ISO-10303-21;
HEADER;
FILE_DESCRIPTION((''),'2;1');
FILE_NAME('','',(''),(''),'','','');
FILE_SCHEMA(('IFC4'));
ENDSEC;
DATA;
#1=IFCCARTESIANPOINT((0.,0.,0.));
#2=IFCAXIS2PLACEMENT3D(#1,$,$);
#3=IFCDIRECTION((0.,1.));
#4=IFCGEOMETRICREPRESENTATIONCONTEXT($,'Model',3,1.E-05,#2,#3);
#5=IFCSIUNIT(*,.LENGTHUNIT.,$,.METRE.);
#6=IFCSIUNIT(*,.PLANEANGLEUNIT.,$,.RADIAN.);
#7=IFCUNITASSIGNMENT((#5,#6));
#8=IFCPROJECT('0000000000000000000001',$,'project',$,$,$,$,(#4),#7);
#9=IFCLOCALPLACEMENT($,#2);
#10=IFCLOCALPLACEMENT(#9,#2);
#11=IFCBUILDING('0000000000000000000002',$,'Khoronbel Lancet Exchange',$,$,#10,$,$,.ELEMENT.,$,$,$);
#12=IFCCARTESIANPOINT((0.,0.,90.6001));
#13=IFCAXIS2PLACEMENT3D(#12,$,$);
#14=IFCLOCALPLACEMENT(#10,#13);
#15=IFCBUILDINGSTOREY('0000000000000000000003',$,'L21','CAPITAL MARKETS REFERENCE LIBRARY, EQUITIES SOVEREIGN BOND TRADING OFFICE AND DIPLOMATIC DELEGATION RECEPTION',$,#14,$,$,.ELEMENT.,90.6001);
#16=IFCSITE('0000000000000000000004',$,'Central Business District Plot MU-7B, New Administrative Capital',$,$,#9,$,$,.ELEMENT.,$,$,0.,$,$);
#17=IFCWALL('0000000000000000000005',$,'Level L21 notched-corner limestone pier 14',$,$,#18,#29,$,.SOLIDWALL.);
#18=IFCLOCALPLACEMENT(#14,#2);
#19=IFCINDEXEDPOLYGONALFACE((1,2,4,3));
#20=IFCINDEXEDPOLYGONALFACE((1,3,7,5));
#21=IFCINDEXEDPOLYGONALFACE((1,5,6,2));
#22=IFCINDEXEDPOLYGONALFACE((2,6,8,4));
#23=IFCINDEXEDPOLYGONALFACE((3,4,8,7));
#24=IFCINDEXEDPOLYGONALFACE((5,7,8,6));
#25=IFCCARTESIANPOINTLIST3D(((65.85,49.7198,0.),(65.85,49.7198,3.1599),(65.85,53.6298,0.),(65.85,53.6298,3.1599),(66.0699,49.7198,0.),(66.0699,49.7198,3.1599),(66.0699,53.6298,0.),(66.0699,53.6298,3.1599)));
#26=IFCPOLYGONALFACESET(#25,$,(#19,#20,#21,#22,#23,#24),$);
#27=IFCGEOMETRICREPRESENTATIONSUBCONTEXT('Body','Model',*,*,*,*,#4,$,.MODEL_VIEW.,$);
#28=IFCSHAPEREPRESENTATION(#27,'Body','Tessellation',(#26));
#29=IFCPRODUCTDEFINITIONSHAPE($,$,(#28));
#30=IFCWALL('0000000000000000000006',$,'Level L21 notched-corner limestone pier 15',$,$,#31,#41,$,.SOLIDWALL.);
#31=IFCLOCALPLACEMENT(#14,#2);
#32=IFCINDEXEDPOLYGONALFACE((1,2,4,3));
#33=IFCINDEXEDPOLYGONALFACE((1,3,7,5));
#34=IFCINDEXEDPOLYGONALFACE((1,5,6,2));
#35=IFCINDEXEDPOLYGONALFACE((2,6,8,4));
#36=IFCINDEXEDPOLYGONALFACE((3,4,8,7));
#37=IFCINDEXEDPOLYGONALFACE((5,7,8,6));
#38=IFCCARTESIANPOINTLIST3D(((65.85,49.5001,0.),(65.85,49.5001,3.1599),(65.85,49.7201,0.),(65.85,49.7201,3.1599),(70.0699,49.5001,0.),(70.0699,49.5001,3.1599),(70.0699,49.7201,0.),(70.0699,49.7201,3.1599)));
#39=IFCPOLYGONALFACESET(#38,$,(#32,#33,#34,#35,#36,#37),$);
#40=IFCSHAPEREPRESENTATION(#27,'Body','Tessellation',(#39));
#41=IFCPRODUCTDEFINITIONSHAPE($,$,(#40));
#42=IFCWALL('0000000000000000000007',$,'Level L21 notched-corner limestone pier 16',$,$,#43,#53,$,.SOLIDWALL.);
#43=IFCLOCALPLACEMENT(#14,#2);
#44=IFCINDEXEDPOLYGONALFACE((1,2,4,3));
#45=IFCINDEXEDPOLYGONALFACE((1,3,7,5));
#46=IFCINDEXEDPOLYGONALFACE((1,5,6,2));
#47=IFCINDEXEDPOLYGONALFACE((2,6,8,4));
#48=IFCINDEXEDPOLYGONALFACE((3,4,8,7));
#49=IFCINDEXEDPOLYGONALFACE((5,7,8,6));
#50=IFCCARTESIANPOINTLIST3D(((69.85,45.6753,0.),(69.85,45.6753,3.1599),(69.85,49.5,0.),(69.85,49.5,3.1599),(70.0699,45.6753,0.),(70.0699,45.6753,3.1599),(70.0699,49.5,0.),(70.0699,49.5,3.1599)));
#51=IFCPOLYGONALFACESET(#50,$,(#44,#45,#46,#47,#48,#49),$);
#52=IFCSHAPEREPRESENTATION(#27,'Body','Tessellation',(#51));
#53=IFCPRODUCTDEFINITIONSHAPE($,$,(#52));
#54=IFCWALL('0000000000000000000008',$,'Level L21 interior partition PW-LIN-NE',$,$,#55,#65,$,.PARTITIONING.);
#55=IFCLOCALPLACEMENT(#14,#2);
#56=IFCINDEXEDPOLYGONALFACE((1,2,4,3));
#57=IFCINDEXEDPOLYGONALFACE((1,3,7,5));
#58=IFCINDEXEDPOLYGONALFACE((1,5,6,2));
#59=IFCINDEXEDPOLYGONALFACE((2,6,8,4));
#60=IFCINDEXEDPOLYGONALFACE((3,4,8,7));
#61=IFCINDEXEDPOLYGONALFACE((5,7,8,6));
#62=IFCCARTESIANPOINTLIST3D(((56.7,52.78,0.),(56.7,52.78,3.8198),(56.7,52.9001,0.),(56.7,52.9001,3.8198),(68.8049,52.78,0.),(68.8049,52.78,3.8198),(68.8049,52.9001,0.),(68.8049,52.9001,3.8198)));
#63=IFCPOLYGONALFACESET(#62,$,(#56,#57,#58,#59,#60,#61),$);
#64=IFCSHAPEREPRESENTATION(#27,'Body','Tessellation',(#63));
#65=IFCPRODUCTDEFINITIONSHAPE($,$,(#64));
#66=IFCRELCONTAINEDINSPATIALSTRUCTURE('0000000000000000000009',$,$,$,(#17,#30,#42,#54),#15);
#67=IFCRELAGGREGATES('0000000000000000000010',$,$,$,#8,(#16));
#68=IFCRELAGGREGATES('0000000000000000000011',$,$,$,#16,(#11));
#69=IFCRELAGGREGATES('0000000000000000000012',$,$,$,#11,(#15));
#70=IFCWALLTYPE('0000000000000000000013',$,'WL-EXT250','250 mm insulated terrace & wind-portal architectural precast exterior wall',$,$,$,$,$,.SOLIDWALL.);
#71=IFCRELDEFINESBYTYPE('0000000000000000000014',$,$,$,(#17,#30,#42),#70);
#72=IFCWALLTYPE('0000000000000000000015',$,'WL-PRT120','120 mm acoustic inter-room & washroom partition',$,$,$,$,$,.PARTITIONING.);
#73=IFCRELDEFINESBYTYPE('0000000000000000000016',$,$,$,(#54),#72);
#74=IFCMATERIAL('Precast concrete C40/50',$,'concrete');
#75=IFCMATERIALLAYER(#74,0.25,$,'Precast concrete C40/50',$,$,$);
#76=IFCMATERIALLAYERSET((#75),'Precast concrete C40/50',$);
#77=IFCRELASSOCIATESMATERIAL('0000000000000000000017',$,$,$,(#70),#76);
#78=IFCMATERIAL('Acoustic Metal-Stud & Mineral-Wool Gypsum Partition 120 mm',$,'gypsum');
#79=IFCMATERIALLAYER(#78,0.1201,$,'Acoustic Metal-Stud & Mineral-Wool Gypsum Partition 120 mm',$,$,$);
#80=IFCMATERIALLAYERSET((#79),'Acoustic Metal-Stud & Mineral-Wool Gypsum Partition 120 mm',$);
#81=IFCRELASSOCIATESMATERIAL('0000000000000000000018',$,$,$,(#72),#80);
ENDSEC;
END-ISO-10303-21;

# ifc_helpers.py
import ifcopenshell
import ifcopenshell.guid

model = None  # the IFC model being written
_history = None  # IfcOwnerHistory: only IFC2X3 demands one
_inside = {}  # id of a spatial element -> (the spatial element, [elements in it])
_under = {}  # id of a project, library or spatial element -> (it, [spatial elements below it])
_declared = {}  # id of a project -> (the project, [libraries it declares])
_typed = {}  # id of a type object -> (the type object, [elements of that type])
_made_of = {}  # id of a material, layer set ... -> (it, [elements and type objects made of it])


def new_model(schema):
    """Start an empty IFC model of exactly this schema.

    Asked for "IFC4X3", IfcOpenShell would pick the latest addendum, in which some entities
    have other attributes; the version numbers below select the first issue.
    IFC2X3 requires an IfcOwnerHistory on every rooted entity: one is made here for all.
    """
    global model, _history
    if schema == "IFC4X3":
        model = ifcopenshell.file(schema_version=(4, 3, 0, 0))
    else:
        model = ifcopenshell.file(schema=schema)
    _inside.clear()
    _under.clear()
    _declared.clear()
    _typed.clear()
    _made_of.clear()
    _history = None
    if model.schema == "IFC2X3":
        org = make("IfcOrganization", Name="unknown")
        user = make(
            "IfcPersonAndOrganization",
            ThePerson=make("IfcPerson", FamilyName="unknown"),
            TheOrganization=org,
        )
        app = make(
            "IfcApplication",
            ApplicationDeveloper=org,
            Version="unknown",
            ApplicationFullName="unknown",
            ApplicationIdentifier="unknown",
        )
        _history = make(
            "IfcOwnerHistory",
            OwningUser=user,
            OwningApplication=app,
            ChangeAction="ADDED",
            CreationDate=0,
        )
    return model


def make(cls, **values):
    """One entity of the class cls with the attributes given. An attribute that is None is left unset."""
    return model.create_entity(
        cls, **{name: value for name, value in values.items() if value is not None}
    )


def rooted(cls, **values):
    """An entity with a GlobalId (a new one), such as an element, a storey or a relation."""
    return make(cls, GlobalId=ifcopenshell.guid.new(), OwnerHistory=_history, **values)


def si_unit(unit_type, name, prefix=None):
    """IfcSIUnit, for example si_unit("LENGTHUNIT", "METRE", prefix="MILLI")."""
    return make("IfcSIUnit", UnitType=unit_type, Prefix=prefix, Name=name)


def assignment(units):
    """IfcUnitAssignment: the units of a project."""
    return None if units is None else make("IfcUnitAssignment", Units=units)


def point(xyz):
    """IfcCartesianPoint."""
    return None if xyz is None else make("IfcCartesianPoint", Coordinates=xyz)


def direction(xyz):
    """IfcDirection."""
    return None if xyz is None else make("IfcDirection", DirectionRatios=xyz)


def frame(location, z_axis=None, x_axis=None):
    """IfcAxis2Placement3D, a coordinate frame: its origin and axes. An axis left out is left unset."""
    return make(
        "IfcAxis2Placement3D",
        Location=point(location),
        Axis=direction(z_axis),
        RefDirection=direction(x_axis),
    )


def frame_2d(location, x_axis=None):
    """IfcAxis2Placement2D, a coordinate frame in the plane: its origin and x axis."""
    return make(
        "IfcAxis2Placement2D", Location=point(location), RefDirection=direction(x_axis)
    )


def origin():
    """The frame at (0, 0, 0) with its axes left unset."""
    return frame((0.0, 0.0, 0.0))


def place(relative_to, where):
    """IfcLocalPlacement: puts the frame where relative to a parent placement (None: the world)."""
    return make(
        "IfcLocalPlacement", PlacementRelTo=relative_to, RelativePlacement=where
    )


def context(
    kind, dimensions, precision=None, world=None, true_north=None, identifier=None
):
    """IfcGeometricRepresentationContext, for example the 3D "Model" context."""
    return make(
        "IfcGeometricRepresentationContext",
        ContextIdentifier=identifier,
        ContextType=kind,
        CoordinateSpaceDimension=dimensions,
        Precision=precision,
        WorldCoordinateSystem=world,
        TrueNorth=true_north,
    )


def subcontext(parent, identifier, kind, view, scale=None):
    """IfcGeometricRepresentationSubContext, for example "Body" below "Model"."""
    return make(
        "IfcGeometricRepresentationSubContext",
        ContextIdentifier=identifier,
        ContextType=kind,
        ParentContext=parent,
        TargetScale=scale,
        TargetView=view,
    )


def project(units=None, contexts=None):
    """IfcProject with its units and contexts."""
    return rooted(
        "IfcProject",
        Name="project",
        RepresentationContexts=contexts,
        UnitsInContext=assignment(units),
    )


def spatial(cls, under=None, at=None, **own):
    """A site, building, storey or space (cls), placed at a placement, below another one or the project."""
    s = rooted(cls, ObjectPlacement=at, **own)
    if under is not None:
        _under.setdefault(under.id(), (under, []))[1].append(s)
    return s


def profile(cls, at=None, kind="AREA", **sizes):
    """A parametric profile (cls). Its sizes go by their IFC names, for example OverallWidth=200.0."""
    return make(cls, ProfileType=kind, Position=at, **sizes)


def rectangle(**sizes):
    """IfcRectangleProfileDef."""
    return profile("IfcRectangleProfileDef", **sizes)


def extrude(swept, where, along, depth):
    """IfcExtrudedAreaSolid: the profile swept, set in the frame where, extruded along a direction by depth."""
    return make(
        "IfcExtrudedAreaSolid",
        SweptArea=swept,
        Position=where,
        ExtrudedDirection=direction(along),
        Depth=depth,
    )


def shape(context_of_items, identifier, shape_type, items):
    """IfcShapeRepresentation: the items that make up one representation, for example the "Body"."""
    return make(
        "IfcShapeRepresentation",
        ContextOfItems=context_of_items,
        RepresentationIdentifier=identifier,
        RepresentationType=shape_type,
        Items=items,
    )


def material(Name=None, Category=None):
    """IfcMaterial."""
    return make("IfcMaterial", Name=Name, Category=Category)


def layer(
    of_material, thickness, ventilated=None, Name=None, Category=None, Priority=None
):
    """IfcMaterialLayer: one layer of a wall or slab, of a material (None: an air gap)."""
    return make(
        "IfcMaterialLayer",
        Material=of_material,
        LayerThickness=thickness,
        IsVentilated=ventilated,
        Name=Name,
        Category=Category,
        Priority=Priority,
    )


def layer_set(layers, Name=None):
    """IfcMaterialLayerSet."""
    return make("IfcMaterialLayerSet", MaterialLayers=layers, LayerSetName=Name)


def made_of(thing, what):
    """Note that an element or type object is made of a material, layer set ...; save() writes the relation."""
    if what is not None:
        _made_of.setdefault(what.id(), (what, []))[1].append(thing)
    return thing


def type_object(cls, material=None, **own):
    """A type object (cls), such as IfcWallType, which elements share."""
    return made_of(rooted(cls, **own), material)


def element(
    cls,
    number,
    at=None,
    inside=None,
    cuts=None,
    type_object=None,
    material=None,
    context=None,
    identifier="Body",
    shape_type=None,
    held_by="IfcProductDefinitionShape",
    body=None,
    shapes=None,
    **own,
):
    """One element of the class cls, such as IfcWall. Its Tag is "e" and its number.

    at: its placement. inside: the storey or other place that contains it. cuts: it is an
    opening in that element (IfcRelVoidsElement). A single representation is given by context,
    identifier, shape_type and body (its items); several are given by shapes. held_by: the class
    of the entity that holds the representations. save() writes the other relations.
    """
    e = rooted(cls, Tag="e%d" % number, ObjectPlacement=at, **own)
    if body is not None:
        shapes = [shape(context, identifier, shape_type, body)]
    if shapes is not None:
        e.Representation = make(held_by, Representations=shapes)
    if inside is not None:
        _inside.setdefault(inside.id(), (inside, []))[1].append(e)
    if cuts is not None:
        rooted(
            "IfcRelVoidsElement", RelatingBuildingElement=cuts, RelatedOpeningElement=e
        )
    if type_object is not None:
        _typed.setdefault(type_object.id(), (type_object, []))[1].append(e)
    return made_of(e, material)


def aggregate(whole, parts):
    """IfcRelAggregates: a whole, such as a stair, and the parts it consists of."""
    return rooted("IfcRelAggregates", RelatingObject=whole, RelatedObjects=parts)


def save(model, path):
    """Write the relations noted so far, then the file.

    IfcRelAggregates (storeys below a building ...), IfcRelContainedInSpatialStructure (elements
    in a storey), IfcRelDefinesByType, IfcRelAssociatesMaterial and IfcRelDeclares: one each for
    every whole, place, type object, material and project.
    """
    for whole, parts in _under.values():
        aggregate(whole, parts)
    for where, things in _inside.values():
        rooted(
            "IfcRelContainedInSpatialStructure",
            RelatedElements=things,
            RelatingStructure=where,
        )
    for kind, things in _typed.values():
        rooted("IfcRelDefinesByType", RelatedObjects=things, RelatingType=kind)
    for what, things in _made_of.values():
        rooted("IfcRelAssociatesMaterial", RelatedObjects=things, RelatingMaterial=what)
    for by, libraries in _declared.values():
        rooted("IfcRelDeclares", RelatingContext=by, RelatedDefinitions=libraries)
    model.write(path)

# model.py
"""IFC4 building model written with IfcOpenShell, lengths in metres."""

from ifc_helpers import new_model, si_unit, direction, frame, frame_2d, origin, place, context, subcontext, project, spatial, rectangle, extrude, material, layer, layer_set, type_object, element, save


model = new_model("IFC4")

# Units and contexts
model_context = context("Model", 3, precision=1e-05, world=origin(), true_north=direction((0.0, 1.0)))
body_context = subcontext(model_context, "Body", "Model", "MODEL_VIEW")
ifc_project = project(units=[si_unit("LENGTHUNIT", "METRE"), si_unit("PLANEANGLEUNIT", "RADIAN")], contexts=[model_context])

# Site, building, storey
site_placement = place(None, origin())
site = spatial("IfcSite", under=ifc_project, at=site_placement, Name="Central Business District Plot MU-7B, New Administrative Capital", CompositionType="ELEMENT", RefElevation=0.0)
building_placement = place(site_placement, origin())
building = spatial("IfcBuilding", under=site, at=building_placement, Name="Khoronbel Lancet Exchange", CompositionType="ELEMENT")
storey_placement = place(building_placement, frame((0.0, 0.0, 90.6001)))
storey = spatial("IfcBuildingStorey", under=building, at=storey_placement, Name="L21", Description="CAPITAL MARKETS REFERENCE LIBRARY, EQUITIES SOVEREIGN BOND TRADING OFFICE AND DIPLOMATIC DELEGATION RECEPTION", CompositionType="ELEMENT", Elevation=90.6001)

# Walls
ifc_material_1 = material(Name="Precast concrete C40/50", Category="concrete")
ifc_layer_1 = layer(ifc_material_1, 0.25, Name="Precast concrete C40/50")
ifc_layer_set_1 = layer_set([ifc_layer_1], Name="Precast concrete C40/50")
wall_type_1 = type_object("IfcWallType", Name="WL-EXT250", Description="250 mm insulated terrace & wind-portal architectural precast exterior wall", PredefinedType="SOLIDWALL", material=ifc_layer_set_1)
wall_1_placement = place(storey_placement, frame((65.96, 53.6299, 0.0), z_axis=(0.0, 0.0, 1.0), x_axis=(0.0, -1.0, 0.0)))
element("IfcWall", 1, at=wall_1_placement, inside=storey, type_object=wall_type_1, Name="Level L21 notched-corner limestone pier 14", PredefinedType="SOLIDWALL", context=body_context, shape_type="SweptSolid", body=[
    extrude(rectangle(XDim=3.9099, YDim=0.22, at=frame_2d((1.9551, 0.0))), origin(), (0.0, 0.0, 1.0), 3.1599),
])
wall_2_placement = place(storey_placement, frame((65.8501, 49.6101, 0.0), z_axis=(0.0, 0.0, 1.0), x_axis=(1.0, 0.0, 0.0)))
element("IfcWall", 2, at=wall_2_placement, inside=storey, type_object=wall_type_1, Name="Level L21 notched-corner limestone pier 15", PredefinedType="SOLIDWALL", context=body_context, shape_type="SweptSolid", body=[
    extrude(rectangle(XDim=4.22, YDim=0.22, at=frame_2d((2.1099, 0.0))), origin(), (0.0, 0.0, 1.0), 3.1599),
])
wall_3_placement = place(storey_placement, frame((69.96, 49.5, 0.0), z_axis=(0.0, 0.0, 1.0), x_axis=(0.0, -1.0, 0.0)))
element("IfcWall", 3, at=wall_3_placement, inside=storey, type_object=wall_type_1, Name="Level L21 notched-corner limestone pier 16", PredefinedType="SOLIDWALL", context=body_context, shape_type="SweptSolid", body=[
    extrude(rectangle(XDim=3.8247, YDim=0.22, at=frame_2d((1.9124, 0.0))), origin(), (0.0, 0.0, 1.0), 3.1599),
])
ifc_material_2 = material(Name="Acoustic Metal-Stud & Mineral-Wool Gypsum Partition 120 mm", Category="gypsum")
ifc_layer_2 = layer(ifc_material_2, 0.1201, Name="Acoustic Metal-Stud & Mineral-Wool Gypsum Partition 120 mm")
ifc_layer_set_2 = layer_set([ifc_layer_2], Name="Acoustic Metal-Stud & Mineral-Wool Gypsum Partition 120 mm")
wall_type_2 = type_object("IfcWallType", Name="WL-PRT120", Description="120 mm acoustic inter-room & washroom partition", PredefinedType="PARTITIONING", material=ifc_layer_set_2)
wall_4_placement = place(storey_placement, frame((56.7, 52.8401, 0.0), z_axis=(0.0, 0.0, 1.0), x_axis=(1.0, 0.0, 0.0)))
element("IfcWall", 4, at=wall_4_placement, inside=storey, type_object=wall_type_2, Name="Level L21 interior partition PW-LIN-NE", PredefinedType="PARTITIONING", context=body_context, shape_type="SweptSolid", body=[
    extrude(rectangle(XDim=12.105, YDim=0.1201, at=frame_2d((6.0525, 0.0))), origin(), (0.0, 0.0, 1.0), 3.8198),
])

save(model, "model.ifc")
